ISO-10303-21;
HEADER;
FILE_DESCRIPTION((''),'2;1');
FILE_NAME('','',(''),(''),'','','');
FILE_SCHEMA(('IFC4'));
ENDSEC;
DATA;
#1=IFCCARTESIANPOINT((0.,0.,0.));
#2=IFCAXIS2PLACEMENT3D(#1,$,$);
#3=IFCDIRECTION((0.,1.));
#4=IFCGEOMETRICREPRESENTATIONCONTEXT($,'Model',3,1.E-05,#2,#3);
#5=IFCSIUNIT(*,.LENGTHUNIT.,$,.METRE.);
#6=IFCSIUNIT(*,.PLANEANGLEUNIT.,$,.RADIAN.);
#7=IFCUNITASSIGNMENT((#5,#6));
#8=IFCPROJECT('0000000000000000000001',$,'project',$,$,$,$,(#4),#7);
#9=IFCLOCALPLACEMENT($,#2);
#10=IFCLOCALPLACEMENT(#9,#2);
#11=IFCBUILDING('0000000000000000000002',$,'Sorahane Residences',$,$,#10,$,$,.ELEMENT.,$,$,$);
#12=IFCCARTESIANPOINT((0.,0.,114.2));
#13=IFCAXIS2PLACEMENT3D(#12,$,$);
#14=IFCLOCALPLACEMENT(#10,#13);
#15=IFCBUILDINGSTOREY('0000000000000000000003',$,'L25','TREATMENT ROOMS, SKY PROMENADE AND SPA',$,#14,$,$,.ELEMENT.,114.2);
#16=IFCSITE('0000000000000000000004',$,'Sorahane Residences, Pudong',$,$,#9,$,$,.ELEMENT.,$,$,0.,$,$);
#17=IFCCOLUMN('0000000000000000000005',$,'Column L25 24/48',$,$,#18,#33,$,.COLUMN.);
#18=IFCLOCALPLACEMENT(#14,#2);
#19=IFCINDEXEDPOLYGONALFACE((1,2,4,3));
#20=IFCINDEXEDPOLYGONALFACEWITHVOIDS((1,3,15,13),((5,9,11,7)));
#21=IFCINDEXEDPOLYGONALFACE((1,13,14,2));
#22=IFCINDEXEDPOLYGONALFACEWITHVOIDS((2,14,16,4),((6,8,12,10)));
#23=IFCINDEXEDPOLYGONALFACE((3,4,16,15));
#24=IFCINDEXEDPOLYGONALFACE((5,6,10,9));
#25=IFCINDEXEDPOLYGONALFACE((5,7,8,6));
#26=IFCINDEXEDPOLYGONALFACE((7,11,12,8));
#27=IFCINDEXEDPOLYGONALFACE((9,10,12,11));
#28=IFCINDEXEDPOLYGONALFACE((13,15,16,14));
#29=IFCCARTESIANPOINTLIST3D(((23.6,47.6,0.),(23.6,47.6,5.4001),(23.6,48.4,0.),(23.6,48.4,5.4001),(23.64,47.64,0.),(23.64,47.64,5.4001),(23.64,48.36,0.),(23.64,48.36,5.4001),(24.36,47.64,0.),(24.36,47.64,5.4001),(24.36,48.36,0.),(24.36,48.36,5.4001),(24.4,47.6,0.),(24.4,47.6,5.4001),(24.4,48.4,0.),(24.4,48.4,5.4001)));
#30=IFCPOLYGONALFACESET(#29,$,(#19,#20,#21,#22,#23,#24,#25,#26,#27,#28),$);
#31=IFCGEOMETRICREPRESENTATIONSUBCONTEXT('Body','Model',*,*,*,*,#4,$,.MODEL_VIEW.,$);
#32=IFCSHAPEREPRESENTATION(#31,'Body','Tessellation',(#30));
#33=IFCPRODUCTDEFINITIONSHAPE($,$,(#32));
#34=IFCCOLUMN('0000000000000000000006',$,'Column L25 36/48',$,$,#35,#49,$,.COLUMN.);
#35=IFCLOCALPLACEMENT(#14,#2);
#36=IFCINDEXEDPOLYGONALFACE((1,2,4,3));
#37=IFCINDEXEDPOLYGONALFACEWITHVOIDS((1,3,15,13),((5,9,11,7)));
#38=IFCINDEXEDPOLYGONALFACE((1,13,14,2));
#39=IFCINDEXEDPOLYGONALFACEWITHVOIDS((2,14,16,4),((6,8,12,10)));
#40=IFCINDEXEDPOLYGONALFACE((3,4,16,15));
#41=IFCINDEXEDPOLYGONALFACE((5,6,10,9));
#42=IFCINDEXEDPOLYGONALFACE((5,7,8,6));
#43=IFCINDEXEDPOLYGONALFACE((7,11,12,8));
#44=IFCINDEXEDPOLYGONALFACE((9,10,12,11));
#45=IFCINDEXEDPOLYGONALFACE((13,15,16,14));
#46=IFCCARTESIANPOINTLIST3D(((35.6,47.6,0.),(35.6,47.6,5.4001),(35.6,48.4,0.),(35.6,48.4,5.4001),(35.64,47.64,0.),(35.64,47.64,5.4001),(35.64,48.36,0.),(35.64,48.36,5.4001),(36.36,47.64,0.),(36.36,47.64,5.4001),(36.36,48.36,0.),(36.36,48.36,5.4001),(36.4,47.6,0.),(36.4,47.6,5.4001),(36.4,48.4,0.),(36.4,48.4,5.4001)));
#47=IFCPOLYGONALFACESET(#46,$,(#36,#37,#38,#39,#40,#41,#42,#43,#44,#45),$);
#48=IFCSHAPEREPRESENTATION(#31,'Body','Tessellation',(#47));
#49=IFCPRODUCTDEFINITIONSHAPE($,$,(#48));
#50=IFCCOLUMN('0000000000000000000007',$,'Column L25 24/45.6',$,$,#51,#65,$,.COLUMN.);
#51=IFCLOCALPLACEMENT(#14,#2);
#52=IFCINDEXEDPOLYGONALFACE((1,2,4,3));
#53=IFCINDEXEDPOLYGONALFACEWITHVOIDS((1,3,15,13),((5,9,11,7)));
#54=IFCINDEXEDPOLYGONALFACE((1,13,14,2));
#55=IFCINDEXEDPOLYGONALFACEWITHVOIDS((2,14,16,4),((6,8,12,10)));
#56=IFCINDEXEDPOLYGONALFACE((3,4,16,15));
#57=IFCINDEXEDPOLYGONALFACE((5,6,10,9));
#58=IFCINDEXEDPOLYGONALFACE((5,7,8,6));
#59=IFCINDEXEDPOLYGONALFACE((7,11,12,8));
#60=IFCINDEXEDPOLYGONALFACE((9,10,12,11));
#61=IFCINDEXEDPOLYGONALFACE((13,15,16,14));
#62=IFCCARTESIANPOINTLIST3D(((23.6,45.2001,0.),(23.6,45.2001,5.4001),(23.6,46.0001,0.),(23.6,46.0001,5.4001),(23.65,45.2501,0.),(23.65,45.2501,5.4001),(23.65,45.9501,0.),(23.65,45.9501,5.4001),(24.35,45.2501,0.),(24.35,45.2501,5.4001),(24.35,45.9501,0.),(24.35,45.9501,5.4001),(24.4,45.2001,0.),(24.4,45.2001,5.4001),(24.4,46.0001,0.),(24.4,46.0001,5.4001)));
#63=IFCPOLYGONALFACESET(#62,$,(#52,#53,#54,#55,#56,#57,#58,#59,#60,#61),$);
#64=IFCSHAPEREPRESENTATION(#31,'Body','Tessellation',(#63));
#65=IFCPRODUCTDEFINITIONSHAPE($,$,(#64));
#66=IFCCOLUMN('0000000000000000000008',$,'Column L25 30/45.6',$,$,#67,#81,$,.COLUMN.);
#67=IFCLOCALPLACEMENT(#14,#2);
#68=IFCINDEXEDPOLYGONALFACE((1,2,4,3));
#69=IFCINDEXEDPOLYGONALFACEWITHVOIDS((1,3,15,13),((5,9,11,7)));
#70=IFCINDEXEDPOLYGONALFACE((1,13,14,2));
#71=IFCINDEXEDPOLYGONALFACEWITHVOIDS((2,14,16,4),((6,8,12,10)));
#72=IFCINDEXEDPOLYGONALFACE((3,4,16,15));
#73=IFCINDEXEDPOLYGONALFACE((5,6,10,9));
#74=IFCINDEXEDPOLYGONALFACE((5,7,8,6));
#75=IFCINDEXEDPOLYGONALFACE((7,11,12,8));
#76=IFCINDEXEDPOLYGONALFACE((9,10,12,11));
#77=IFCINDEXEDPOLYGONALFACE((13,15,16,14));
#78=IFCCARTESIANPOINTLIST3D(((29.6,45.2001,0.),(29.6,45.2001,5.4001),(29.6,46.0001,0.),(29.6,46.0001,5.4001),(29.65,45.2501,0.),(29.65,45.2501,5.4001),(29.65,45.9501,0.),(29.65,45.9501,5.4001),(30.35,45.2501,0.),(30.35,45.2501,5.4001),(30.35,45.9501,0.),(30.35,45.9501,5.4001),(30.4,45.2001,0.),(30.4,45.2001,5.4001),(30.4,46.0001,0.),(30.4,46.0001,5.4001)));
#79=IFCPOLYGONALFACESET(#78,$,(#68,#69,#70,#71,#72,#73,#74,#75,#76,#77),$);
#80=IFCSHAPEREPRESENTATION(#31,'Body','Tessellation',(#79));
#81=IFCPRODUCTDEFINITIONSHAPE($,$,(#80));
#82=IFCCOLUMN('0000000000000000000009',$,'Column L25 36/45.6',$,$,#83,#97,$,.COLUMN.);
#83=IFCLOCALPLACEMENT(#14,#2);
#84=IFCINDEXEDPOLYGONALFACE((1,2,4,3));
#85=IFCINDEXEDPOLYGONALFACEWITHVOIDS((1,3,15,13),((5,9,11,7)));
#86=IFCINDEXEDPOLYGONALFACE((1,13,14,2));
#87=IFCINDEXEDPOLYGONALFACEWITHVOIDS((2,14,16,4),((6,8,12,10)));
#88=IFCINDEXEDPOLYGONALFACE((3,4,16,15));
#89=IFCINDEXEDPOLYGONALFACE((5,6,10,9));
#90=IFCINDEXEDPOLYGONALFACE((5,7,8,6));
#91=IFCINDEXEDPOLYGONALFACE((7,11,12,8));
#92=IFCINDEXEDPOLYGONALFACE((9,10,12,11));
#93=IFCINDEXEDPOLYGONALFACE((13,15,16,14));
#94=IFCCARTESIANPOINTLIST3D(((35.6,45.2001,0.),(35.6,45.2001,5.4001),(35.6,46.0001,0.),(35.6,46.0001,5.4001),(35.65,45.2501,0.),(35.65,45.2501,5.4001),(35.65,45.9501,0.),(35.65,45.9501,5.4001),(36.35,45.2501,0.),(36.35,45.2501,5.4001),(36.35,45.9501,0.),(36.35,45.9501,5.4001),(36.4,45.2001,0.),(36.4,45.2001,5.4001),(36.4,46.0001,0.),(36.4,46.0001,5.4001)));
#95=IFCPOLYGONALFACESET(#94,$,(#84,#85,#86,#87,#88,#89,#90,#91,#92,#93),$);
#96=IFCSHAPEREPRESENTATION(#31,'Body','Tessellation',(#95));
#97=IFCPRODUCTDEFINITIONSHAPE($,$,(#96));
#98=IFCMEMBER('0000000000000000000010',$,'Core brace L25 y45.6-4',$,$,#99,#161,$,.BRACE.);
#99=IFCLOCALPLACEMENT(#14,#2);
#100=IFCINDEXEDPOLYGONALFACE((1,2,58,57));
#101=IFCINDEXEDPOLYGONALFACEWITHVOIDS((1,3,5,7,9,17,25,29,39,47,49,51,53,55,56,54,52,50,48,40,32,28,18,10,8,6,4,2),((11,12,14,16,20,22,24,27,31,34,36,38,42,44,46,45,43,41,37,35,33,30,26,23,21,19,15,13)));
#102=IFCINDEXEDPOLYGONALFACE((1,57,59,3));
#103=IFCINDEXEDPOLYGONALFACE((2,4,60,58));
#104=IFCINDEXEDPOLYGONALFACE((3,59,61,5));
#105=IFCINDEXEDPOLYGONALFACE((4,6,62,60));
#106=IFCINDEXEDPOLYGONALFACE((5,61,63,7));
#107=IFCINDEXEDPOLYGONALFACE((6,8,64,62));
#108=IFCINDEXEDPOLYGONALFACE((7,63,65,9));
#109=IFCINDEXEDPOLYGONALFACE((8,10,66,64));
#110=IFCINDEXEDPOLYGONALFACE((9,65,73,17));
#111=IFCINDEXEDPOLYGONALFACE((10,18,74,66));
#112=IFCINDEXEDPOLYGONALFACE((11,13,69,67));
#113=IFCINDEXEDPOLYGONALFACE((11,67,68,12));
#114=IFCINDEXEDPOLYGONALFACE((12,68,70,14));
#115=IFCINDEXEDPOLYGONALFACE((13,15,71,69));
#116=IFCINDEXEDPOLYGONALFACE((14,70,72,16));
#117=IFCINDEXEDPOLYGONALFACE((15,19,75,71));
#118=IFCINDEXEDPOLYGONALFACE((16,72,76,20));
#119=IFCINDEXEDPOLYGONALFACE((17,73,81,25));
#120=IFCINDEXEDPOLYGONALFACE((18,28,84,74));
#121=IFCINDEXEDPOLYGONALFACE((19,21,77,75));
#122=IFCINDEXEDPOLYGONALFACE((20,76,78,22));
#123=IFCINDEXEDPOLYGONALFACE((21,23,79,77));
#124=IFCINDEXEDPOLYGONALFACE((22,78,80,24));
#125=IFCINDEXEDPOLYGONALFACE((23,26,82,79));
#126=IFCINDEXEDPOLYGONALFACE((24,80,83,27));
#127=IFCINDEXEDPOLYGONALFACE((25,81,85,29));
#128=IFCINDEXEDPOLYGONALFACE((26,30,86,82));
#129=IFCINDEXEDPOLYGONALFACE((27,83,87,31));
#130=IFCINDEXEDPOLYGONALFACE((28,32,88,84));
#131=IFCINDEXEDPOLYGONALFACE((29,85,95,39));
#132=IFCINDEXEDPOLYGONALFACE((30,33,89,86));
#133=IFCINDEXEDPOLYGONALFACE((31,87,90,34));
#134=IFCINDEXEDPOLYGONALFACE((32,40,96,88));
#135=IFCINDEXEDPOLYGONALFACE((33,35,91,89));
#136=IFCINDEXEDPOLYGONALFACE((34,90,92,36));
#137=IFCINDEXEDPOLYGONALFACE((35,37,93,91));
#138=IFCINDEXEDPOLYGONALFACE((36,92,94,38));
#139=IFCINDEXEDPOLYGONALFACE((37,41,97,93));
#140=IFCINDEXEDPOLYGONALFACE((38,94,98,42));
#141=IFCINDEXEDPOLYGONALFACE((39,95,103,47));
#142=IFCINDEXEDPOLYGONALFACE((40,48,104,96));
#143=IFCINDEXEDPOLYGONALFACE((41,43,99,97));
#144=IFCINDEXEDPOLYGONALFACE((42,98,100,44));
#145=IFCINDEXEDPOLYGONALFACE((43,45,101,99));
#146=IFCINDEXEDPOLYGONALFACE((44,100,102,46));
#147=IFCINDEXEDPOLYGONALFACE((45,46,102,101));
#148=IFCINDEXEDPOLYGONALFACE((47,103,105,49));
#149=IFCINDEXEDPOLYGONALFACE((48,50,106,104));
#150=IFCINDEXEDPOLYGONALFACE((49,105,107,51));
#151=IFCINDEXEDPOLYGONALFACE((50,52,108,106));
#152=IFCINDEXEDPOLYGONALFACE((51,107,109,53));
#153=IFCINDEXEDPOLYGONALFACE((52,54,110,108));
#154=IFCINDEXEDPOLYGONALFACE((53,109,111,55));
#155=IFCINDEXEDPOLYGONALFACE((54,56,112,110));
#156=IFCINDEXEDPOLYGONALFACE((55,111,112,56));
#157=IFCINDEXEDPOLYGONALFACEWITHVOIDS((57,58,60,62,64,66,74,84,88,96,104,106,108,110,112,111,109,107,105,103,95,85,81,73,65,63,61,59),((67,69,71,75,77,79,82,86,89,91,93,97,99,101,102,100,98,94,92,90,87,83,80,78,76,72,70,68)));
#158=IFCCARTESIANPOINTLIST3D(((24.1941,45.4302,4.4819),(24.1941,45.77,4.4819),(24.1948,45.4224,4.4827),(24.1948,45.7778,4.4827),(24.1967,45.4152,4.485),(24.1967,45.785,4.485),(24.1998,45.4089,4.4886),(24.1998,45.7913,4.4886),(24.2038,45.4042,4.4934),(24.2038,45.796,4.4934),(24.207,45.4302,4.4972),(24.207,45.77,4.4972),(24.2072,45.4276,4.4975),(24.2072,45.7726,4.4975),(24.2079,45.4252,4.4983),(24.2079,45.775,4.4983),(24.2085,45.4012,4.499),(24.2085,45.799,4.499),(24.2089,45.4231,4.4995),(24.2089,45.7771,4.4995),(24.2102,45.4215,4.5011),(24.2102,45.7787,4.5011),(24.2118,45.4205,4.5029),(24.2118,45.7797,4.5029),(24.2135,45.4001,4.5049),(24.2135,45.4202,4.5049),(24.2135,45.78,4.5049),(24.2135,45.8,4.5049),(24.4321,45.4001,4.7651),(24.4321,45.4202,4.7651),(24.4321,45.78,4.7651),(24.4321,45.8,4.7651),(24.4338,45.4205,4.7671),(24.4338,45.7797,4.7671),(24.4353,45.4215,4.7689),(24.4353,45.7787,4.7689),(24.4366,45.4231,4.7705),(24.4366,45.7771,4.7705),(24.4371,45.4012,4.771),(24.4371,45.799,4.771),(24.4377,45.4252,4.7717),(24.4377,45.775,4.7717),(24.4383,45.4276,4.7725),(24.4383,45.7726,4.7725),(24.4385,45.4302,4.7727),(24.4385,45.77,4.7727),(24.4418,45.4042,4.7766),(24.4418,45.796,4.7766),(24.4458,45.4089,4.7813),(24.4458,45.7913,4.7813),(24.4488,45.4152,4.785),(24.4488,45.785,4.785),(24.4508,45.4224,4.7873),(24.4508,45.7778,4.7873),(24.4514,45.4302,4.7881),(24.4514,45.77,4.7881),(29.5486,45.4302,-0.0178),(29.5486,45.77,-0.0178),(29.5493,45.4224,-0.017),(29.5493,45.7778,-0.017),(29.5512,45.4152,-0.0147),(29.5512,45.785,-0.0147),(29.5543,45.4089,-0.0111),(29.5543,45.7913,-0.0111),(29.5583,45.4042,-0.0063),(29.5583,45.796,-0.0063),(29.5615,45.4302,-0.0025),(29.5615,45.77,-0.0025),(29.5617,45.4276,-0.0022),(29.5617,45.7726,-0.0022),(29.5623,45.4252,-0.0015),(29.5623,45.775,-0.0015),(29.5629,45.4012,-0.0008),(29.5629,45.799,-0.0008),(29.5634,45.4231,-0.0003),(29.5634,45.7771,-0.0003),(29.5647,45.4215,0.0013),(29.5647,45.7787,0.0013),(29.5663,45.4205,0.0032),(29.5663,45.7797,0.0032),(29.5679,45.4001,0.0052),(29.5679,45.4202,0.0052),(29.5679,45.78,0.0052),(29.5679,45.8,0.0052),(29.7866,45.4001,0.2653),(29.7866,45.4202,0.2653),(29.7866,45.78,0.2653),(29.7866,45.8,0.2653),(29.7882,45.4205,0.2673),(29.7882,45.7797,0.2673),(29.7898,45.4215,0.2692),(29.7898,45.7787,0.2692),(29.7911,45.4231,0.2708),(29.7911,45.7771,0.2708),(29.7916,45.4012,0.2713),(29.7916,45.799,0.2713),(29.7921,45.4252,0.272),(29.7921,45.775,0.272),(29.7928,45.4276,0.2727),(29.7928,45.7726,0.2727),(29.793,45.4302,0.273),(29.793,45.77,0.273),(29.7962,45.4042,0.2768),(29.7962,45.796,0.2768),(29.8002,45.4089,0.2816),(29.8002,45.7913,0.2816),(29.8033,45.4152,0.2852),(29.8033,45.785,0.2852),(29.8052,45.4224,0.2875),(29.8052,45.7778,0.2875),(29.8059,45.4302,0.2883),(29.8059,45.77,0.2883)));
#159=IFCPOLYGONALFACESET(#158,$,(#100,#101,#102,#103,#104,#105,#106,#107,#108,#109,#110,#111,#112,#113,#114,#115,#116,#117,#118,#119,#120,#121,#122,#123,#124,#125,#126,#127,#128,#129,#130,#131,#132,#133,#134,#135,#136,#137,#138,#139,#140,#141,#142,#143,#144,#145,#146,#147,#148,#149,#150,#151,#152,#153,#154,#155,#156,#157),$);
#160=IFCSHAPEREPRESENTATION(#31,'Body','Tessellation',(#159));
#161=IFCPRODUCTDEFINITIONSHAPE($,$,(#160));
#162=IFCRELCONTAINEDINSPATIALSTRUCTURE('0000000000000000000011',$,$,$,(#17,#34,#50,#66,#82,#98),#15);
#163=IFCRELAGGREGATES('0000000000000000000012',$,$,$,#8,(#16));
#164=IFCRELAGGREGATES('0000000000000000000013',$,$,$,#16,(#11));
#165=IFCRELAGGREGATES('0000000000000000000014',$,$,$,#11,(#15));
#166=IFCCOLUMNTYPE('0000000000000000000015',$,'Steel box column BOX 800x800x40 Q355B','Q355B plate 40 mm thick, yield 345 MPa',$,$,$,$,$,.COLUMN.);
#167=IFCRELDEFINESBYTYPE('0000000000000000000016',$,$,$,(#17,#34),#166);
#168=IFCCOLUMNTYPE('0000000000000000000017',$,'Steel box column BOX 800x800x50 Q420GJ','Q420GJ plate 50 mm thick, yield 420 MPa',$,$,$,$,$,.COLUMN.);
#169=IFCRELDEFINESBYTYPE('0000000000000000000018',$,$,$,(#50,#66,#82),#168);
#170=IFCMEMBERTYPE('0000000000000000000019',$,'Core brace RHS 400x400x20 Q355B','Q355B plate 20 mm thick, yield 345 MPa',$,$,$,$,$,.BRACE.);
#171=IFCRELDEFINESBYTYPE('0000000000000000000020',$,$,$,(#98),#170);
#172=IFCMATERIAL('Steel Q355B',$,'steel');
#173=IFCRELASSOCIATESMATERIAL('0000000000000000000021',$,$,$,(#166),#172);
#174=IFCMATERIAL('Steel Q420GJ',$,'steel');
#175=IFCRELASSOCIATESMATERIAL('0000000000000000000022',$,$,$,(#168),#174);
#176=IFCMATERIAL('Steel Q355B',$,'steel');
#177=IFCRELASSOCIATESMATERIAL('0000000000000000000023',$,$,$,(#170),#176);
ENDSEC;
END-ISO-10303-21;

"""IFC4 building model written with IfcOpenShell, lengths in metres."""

from ifc_helpers import new_model, si_unit, direction, frame, origin, origin_2d, place, context, subcontext, project, spatial, hollow_rectangle, extrude, material, material_profile, profile_set, type_object, element, save


model = new_model("IFC4")

# Units and contexts
model_context = context("Model", 3, precision=1e-05, world=origin(), true_north=direction((0.0, 1.0)))
body_context = subcontext(model_context, "Body", "Model", "MODEL_VIEW")
ifc_project = project(units=[si_unit("LENGTHUNIT", "METRE"), si_unit("PLANEANGLEUNIT", "RADIAN")], contexts=[model_context])

# Site, building, storey
site_placement = place(None, origin())
site = spatial("IfcSite", under=ifc_project, at=site_placement, Name="Sorahane Residences, Pudong", CompositionType="ELEMENT", RefElevation=0.0)
building_placement = place(site_placement, origin())
building = spatial("IfcBuilding", under=site, at=building_placement, Name="Sorahane Residences", CompositionType="ELEMENT")
storey_placement = place(building_placement, frame((0.0, 0.0, 114.2)))
storey = spatial("IfcBuildingStorey", under=building, at=storey_placement, Name="L25", Description="TREATMENT ROOMS, SKY PROMENADE AND SPA", CompositionType="ELEMENT", Elevation=114.2)

# Columns
ifc_material_1 = material(Name="Steel Q355B", Category="steel")
ifc_material_profile_1 = material_profile(ifc_material_1, hollow_rectangle(XDim=0.8, YDim=0.8, WallThickness=0.04, at=origin_2d()), Name="BOX 800x800x40")
ifc_profile_set_1 = profile_set([ifc_material_profile_1], Name="Steel Q355B")
column_type_1 = type_object("IfcColumnType", Name="Steel box column BOX 800x800x40 Q355B", Description="Q355B plate 40 mm thick, yield 345 MPa", PredefinedType="COLUMN", material=ifc_profile_set_1)
for number, where, z_axis, x_axis, name in (
    (1, (24.0, 48.0, 0.0), (0.0, 0.0, 1.0), (1.0, 0.0, 0.0), "Column L25 24/48"),
    (2, (36.0, 48.0, 0.0), (0.0, 0.0, 1.0), (1.0, 0.0, 0.0), "Column L25 36/48"),
):
    element("IfcColumn", number, at=place(storey_placement, frame(where, z_axis=z_axis, x_axis=x_axis)), inside=storey, type_object=column_type_1, Name=name, PredefinedType="COLUMN", context=body_context, shape_type="SweptSolid", body=[
        extrude(hollow_rectangle(XDim=0.8, YDim=0.8, WallThickness=0.04, at=origin_2d()), origin(), (0.0, 0.0, 1.0), 5.4001),
    ])
ifc_material_2 = material(Name="Steel Q420GJ", Category="steel")
ifc_material_profile_2 = material_profile(ifc_material_2, hollow_rectangle(XDim=0.8, YDim=0.8, WallThickness=0.05, at=origin_2d()), Name="BOX 800x800x50")
ifc_profile_set_2 = profile_set([ifc_material_profile_2], Name="Steel Q420GJ")
column_type_2 = type_object("IfcColumnType", Name="Steel box column BOX 800x800x50 Q420GJ", Description="Q420GJ plate 50 mm thick, yield 420 MPa", PredefinedType="COLUMN", material=ifc_profile_set_2)
for number, where, z_axis, x_axis, name in (
    (3, (24.0, 45.6001, 0.0), (0.0, 0.0, 1.0), (1.0, 0.0, 0.0), "Column L25 24/45.6"),
    (4, (30.0, 45.6001, 0.0), (0.0, 0.0, 1.0), (1.0, 0.0, 0.0), "Column L25 30/45.6"),
    (5, (36.0, 45.6001, 0.0), (0.0, 0.0, 1.0), (1.0, 0.0, 0.0), "Column L25 36/45.6"),
):
    element("IfcColumn", number, at=place(storey_placement, frame(where, z_axis=z_axis, x_axis=x_axis)), inside=storey, type_object=column_type_2, Name=name, PredefinedType="COLUMN", context=body_context, shape_type="SweptSolid", body=[
        extrude(hollow_rectangle(XDim=0.8, YDim=0.8, WallThickness=0.05, at=origin_2d()), origin(), (0.0, 0.0, 1.0), 5.4001),
    ])

# Member
ifc_material_3 = material(Name="Steel Q355B", Category="steel")
ifc_material_profile_3 = material_profile(ifc_material_3, hollow_rectangle(XDim=0.3999, YDim=0.3999, WallThickness=0.02, InnerFilletRadius=0.01, OuterFilletRadius=0.03, at=origin_2d()), Name="RHS 400x400x20")
ifc_profile_set_3 = profile_set([ifc_material_profile_3], Name="Steel Q355B")
member_type_1 = type_object("IfcMemberType", Name="Core brace RHS 400x400x20 Q355B", Description="Q355B plate 20 mm thick, yield 345 MPa", PredefinedType="BRACE", material=ifc_profile_set_3)
member_1_placement = place(storey_placement, frame((29.6772, 45.6001, 0.1353), z_axis=(-0.765565, 0.0, 0.643358), x_axis=(0.0, -1.0, 0.0)))
element("IfcMember", 6, at=member_1_placement, inside=storey, type_object=member_type_1, Name="Core brace L25 y45.6-4", PredefinedType="BRACE", context=body_context, shape_type="SweptSolid", body=[
    extrude(hollow_rectangle(XDim=0.3999, YDim=0.3999, WallThickness=0.02, InnerFilletRadius=0.01, OuterFilletRadius=0.03, at=origin_2d()), origin(), (0.0, 0.0, 1.0), 6.9941),
])

save(model, "model.ifc")
